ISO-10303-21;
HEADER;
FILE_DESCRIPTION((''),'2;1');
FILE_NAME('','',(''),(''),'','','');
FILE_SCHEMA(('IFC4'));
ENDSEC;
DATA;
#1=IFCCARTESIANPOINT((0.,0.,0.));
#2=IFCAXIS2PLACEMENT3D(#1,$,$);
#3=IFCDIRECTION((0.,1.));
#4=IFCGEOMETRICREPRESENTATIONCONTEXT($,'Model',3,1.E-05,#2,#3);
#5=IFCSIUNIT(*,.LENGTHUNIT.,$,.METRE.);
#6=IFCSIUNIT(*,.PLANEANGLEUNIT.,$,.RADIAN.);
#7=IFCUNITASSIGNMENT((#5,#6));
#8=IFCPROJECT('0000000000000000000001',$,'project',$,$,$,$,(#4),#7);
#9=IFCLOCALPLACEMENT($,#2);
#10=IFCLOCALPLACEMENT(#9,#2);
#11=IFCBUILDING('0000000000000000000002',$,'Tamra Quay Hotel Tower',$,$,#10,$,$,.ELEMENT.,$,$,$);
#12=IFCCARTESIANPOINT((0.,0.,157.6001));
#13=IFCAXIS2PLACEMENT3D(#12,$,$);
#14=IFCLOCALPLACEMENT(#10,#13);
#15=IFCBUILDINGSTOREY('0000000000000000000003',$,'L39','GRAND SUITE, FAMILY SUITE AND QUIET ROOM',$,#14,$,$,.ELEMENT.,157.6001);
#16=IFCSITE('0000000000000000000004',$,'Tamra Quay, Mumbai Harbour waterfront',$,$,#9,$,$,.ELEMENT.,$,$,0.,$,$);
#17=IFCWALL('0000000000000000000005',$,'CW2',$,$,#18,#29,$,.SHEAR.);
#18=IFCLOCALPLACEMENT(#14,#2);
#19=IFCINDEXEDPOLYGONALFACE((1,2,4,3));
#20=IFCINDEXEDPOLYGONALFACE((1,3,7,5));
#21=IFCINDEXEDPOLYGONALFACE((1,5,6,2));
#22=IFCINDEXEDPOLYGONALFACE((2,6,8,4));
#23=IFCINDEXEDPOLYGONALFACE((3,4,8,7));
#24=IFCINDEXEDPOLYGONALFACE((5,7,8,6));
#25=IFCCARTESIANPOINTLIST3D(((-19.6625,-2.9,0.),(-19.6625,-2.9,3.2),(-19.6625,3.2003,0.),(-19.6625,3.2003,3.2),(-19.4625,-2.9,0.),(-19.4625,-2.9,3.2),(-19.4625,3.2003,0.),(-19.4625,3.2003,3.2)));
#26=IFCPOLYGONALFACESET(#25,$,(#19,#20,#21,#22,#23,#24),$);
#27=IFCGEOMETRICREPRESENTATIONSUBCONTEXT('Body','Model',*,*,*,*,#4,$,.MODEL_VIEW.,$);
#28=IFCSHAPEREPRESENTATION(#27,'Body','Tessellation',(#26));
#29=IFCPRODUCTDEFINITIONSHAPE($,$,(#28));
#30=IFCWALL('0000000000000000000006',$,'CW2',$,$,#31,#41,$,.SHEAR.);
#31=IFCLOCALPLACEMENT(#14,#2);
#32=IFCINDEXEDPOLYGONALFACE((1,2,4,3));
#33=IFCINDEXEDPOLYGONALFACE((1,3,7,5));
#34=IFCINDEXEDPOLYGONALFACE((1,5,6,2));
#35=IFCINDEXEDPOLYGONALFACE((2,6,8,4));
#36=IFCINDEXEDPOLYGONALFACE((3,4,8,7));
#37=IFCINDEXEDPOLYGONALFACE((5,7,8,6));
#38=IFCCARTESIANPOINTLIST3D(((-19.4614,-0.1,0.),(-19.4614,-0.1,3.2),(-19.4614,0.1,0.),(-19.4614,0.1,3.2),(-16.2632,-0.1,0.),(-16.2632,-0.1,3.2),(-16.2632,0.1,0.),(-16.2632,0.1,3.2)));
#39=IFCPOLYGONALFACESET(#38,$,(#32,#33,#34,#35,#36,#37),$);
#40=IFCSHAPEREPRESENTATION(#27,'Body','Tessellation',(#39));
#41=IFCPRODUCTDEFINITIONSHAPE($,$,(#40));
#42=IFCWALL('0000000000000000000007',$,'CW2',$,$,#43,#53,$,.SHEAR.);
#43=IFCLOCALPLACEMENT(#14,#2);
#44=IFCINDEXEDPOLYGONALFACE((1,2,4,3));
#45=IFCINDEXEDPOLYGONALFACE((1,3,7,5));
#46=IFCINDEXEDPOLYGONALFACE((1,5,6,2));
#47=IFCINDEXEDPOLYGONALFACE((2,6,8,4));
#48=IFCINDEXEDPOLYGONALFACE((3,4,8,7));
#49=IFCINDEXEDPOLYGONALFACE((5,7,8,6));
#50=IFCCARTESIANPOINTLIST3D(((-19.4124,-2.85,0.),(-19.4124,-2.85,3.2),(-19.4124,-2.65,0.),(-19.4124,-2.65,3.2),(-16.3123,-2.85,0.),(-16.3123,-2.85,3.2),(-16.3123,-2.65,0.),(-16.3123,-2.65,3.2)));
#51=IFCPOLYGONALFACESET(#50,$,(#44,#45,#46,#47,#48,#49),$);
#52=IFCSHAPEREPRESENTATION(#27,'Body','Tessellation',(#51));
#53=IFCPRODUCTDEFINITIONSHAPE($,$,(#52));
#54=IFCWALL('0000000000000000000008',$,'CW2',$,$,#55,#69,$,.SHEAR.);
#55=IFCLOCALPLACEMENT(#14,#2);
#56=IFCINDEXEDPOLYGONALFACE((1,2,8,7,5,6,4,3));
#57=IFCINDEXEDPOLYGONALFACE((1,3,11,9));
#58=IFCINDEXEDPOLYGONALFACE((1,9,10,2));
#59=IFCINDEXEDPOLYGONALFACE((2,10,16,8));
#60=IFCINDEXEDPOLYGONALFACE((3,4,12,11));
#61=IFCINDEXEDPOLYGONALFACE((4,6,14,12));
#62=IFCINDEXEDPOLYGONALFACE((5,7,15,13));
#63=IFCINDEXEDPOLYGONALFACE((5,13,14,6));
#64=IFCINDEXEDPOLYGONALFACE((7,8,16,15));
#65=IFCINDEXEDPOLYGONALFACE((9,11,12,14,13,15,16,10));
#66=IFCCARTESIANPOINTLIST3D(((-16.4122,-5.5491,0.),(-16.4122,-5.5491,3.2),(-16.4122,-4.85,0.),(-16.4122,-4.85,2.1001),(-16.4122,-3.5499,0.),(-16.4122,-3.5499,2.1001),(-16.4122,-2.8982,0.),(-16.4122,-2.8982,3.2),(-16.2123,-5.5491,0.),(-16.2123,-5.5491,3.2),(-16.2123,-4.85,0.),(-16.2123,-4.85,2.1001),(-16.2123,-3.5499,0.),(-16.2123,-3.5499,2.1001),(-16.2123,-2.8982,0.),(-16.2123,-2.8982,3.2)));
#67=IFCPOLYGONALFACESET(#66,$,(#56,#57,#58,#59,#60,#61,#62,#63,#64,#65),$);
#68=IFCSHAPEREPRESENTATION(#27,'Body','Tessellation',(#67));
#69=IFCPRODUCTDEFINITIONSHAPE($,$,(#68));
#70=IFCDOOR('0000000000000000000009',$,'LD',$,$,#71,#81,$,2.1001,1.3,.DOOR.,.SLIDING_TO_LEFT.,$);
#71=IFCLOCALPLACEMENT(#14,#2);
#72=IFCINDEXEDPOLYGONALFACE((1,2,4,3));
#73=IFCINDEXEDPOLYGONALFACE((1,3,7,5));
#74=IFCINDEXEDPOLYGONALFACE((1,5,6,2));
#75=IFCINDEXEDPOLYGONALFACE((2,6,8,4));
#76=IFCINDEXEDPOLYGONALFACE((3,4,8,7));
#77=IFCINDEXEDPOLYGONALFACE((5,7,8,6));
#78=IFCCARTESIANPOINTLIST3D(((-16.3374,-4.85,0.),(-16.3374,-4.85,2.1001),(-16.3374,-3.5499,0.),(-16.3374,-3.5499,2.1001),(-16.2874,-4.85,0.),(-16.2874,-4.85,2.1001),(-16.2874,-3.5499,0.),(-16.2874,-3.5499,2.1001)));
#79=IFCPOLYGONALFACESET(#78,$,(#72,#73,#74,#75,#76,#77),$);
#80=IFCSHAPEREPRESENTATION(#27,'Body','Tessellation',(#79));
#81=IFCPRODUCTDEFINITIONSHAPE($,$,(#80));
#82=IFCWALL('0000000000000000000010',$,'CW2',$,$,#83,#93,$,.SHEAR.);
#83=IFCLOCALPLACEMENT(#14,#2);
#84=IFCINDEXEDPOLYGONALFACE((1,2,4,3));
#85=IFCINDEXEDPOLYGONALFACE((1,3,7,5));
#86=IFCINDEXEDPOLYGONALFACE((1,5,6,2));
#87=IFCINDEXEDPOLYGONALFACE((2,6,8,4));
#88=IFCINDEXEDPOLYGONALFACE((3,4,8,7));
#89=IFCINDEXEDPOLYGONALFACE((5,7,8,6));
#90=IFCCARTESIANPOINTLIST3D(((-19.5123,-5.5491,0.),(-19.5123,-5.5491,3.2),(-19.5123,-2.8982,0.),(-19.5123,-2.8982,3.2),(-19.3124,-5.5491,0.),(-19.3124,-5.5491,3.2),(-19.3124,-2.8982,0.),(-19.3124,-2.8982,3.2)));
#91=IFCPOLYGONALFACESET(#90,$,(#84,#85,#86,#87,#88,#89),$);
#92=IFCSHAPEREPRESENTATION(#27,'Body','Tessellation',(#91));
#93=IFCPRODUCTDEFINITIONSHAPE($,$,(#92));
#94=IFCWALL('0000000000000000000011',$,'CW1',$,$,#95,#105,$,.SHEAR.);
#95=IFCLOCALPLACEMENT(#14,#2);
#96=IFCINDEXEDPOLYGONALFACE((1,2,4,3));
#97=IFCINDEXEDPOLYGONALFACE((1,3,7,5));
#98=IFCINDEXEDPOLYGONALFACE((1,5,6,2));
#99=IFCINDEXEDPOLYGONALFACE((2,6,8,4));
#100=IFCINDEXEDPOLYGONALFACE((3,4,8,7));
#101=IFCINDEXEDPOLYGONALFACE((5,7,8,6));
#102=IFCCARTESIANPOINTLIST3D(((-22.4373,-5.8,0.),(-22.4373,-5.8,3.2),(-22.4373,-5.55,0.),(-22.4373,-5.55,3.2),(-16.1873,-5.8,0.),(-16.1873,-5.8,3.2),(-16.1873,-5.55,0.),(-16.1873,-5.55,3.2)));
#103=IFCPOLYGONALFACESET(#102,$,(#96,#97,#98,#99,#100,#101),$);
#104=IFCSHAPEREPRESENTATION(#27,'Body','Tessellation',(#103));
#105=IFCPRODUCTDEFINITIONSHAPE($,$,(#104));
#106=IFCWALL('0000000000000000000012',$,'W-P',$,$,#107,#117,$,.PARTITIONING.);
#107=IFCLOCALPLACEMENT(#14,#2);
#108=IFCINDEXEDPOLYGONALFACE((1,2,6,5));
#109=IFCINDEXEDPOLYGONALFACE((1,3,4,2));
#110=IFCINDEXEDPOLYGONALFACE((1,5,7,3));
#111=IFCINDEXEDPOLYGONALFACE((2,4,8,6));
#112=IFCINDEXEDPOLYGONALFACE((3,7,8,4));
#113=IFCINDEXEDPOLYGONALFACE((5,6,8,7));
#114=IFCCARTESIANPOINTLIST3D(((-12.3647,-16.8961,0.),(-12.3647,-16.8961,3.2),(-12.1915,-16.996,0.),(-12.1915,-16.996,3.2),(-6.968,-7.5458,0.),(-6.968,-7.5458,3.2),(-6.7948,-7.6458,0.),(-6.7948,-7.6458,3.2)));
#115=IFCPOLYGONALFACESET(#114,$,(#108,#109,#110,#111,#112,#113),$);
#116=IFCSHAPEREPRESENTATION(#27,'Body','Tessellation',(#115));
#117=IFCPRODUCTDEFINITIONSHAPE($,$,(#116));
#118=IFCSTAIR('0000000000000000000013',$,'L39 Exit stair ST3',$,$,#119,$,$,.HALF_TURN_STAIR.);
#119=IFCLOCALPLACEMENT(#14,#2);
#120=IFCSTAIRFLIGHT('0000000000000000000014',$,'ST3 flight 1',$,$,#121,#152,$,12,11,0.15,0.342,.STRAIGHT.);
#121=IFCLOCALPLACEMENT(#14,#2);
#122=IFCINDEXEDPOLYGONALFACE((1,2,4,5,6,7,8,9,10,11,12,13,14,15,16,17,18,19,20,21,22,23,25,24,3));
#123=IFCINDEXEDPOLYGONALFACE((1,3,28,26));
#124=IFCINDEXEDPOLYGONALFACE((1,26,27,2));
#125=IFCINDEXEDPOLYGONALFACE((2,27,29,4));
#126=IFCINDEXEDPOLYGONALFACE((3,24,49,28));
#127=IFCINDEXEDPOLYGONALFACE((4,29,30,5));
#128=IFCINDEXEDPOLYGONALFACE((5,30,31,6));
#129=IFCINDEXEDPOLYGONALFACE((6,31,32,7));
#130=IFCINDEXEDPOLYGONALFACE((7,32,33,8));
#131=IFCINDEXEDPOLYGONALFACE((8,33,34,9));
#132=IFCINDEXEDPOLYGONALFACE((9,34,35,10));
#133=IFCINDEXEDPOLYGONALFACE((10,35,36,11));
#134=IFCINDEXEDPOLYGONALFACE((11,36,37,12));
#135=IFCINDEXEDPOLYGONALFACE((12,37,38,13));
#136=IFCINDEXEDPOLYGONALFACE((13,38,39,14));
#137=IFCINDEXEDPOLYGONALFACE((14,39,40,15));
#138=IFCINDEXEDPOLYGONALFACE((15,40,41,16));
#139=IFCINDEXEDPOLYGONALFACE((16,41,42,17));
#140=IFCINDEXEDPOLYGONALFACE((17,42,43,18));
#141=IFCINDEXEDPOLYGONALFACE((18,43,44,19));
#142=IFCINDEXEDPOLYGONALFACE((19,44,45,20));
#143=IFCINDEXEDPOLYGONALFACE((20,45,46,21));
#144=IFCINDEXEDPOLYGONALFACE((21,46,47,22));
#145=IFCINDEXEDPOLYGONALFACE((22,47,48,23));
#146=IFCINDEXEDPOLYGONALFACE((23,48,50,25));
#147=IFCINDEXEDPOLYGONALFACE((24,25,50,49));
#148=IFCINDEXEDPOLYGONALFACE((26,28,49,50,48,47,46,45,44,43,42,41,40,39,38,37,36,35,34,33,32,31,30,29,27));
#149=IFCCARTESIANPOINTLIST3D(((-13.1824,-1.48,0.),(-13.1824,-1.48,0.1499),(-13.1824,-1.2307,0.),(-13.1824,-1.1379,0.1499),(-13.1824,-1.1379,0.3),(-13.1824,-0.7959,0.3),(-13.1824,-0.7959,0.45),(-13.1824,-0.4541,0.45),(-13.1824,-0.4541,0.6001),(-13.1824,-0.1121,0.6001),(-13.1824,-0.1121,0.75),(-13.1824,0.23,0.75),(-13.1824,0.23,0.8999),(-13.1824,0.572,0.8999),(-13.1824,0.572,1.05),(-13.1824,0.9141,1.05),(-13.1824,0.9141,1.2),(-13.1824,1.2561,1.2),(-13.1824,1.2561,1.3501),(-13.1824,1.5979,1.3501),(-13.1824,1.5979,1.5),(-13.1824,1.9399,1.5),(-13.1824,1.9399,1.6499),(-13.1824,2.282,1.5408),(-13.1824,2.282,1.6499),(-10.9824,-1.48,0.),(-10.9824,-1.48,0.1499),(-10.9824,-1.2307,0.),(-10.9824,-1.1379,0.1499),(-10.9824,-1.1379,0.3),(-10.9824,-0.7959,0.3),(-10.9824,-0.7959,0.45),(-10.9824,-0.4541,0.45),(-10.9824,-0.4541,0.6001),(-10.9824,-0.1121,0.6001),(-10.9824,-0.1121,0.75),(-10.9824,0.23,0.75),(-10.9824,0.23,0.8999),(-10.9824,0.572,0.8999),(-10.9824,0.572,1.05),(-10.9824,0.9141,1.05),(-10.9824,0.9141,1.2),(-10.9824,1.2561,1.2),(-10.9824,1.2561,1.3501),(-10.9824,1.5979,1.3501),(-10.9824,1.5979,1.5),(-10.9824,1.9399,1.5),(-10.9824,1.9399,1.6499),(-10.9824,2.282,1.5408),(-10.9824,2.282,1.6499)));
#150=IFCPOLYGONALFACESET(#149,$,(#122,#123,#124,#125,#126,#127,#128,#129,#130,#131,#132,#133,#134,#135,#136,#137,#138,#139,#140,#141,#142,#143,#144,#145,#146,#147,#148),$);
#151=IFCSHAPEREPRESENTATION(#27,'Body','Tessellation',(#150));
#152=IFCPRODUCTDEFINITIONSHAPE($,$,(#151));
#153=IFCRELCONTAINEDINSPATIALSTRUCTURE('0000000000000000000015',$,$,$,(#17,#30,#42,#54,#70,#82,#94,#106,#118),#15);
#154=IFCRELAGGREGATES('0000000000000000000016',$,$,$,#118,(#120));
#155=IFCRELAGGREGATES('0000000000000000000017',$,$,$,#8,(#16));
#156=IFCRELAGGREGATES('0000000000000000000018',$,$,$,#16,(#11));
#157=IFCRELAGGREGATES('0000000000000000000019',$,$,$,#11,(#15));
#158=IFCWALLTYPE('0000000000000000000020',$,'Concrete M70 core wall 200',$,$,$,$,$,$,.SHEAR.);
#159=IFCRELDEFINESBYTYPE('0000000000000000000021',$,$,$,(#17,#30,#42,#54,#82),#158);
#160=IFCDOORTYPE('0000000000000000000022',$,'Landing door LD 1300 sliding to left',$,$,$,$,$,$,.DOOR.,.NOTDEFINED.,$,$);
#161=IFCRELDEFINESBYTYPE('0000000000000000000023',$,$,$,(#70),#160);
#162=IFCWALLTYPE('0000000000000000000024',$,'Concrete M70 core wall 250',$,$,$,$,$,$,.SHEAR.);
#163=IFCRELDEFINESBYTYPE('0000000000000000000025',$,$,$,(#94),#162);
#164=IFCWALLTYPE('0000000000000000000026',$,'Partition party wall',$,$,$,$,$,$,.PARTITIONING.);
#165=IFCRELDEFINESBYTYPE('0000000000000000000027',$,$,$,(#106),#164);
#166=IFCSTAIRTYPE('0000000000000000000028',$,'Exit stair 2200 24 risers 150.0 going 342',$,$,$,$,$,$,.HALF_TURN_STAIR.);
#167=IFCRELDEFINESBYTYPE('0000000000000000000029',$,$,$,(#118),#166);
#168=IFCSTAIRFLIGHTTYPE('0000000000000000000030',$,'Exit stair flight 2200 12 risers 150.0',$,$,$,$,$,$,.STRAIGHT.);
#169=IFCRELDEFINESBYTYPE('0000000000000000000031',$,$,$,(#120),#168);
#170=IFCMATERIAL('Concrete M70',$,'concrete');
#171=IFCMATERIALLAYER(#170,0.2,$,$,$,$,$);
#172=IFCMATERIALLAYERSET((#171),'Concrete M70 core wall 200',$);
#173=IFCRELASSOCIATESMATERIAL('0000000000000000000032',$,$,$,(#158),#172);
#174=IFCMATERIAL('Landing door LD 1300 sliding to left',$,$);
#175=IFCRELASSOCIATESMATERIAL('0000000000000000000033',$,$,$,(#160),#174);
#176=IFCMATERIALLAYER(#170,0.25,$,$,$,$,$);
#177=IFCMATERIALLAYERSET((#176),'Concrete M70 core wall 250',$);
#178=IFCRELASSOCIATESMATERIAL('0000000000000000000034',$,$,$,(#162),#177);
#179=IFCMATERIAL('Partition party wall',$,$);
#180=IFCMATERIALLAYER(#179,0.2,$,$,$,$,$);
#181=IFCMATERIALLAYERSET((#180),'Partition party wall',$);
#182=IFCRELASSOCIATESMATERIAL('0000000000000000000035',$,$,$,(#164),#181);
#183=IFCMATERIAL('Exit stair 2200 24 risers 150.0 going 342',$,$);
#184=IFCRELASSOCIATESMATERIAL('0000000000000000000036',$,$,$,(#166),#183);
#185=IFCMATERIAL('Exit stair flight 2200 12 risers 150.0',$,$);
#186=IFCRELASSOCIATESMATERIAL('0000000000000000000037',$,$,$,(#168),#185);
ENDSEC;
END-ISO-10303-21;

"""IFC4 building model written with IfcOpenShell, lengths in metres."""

from ifc_helpers import new_model, si_unit, direction, frame, frame_2d, origin, place, context, subcontext, project, spatial, polyline, rectangle, outline, extrude, material, layer, layer_set, type_object, element, fill, aggregate, save


model = new_model("IFC4")

# Units and contexts
model_context = context("Model", 3, precision=1e-05, world=origin(), true_north=direction((0.0, 1.0)))
body_context = subcontext(model_context, "Body", "Model", "MODEL_VIEW")
ifc_project = project(units=[si_unit("LENGTHUNIT", "METRE"), si_unit("PLANEANGLEUNIT", "RADIAN")], contexts=[model_context])

# Site, building, storey
site_placement = place(None, origin())
site = spatial("IfcSite", under=ifc_project, at=site_placement, Name="Tamra Quay, Mumbai Harbour waterfront", CompositionType="ELEMENT", RefElevation=0.0)
building_placement = place(site_placement, origin())
building = spatial("IfcBuilding", under=site, at=building_placement, Name="Tamra Quay Hotel Tower", CompositionType="ELEMENT")
storey_placement = place(building_placement, frame((0.0, 0.0, 157.6001)))
storey = spatial("IfcBuildingStorey", under=building, at=storey_placement, Name="L39", Description="GRAND SUITE, FAMILY SUITE AND QUIET ROOM", CompositionType="ELEMENT", Elevation=157.6001)

# Shared definitions
ifc_material_1 = material(Name="Concrete M70", Category="concrete")

# Walls
ifc_layer_1 = layer(ifc_material_1, 0.2)
ifc_layer_set_1 = layer_set([ifc_layer_1], Name="Concrete M70 core wall 200")
wall_type_1 = type_object("IfcWallType", Name="Concrete M70 core wall 200", PredefinedType="SHEAR", material=ifc_layer_set_1)
wall_1_placement = place(storey_placement, frame((-19.5625, -2.9001, 0.0), z_axis=(0.0, 0.0, 1.0), x_axis=(0.0, 1.0, 0.0)))
element("IfcWall", 1, at=wall_1_placement, inside=storey, type_object=wall_type_1, Name="CW2", PredefinedType="SHEAR", context=body_context, shape_type="SweptSolid", body=[
    extrude(rectangle(XDim=6.1003, YDim=0.2, at=frame_2d((3.0503, 0.0))), origin(), (0.0, 0.0, 1.0), 3.2),
])
wall_2_placement = place(storey_placement, frame((-16.2632, 0.0, 0.0), z_axis=(0.0, 0.0, 1.0), x_axis=(-1.0, 0.0, 0.0)))
element("IfcWall", 2, at=wall_2_placement, inside=storey, type_object=wall_type_1, Name="CW2", PredefinedType="SHEAR", context=body_context, shape_type="SweptSolid", body=[
    extrude(rectangle(XDim=3.1982, YDim=0.2, at=frame_2d((1.5991, 0.0))), origin(), (0.0, 0.0, 1.0), 3.2),
])
wall_3_placement = place(storey_placement, frame((-19.4124, -2.75, 0.0), z_axis=(0.0, 0.0, 1.0), x_axis=(1.0, 0.0, 0.0)))
element("IfcWall", 3, at=wall_3_placement, inside=storey, type_object=wall_type_1, Name="CW2", PredefinedType="SHEAR", context=body_context, shape_type="SweptSolid", body=[
    extrude(rectangle(XDim=3.1001, YDim=0.2, at=frame_2d((1.55, 0.0))), origin(), (0.0, 0.0, 1.0), 3.2),
])

# Wall, opening, door
wall_4_placement = place(storey_placement, frame((-16.3123, -2.8982, 0.0), z_axis=(0.0, 0.0, 1.0), x_axis=(0.0, -1.0, 0.0)))
wall_4 = element("IfcWall", 4, at=wall_4_placement, inside=storey, type_object=wall_type_1, Name="CW2", PredefinedType="SHEAR", context=body_context, shape_type="SweptSolid", body=[
    extrude(rectangle(XDim=2.6509, YDim=0.2, at=frame_2d((1.3254, 0.0))), origin(), (0.0, 0.0, 1.0), 3.2),
])
opening_placement = place(wall_4_placement, frame((0.6519, 0.0, 0.0)))
opening = element("IfcOpeningElement", 5, at=opening_placement, cuts=wall_4, PredefinedType="OPENING", context=body_context, shape_type="SweptSolid", body=[
    extrude(rectangle(XDim=1.3, YDim=2.1001, at=frame_2d((0.6499, 1.05))), frame((0.0, 0.1099, 0.0), z_axis=(0.0, -1.0, 0.0), x_axis=(1.0, 0.0, 0.0)), (0.0, 0.0, 1.0), 0.22),
])
ifc_material_2 = material(Name="Landing door LD 1300 sliding to left")
door_type = type_object("IfcDoorType", Name="Landing door LD 1300 sliding to left", OperationType="NOTDEFINED", PredefinedType="DOOR", material=ifc_material_2)
door_placement = place(opening_placement, origin())
door = element("IfcDoor", 6, at=door_placement, inside=storey, type_object=door_type, Name="LD", OperationType="SLIDING_TO_LEFT", OverallHeight=2.1001, OverallWidth=1.3, PredefinedType="DOOR", context=body_context, shape_type="SweptSolid", body=[
    extrude(rectangle(XDim=1.3, YDim=2.1001, at=frame_2d((0.6499, 1.05))), frame((0.0, 0.0249, 0.0), z_axis=(0.0, -1.0, 0.0), x_axis=(1.0, 0.0, 0.0)), (0.0, 0.0, 1.0), 0.05),
])
fill(opening, door)

# Walls
wall_5_placement = place(storey_placement, frame((-19.4124, -5.5491, 0.0), z_axis=(0.0, 0.0, 1.0), x_axis=(0.0, 1.0, 0.0)))
element("IfcWall", 7, at=wall_5_placement, inside=storey, type_object=wall_type_1, Name="CW2", PredefinedType="SHEAR", context=body_context, shape_type="SweptSolid", body=[
    extrude(rectangle(XDim=2.6509, YDim=0.2, at=frame_2d((1.3254, 0.0))), origin(), (0.0, 0.0, 1.0), 3.2),
])
ifc_layer_2 = layer(ifc_material_1, 0.25)
ifc_layer_set_2 = layer_set([ifc_layer_2], Name="Concrete M70 core wall 250")
wall_type_2 = type_object("IfcWallType", Name="Concrete M70 core wall 250", PredefinedType="SHEAR", material=ifc_layer_set_2)
wall_6_placement = place(storey_placement, frame((-16.1873, -5.675, 0.0), z_axis=(0.0, 0.0, 1.0), x_axis=(-1.0, 0.0, 0.0)))
element("IfcWall", 8, at=wall_6_placement, inside=storey, type_object=wall_type_2, Name="CW1", PredefinedType="SHEAR", context=body_context, shape_type="SweptSolid", body=[
    extrude(rectangle(XDim=6.25, YDim=0.25, at=frame_2d((3.125, 0.0))), origin(), (0.0, 0.0, 1.0), 3.2),
])
ifc_material_3 = material(Name="Partition party wall")
ifc_layer_3 = layer(ifc_material_3, 0.2)
ifc_layer_set_3 = layer_set([ifc_layer_3], Name="Partition party wall")
wall_type_3 = type_object("IfcWallType", Name="Partition party wall", PredefinedType="PARTITIONING", material=ifc_layer_set_3)
wall_7_placement = place(storey_placement, frame((-12.2781, -16.946, 0.0), z_axis=(0.0, 0.0, 1.0), x_axis=(0.499882, 0.866093, 0.0)))
element("IfcWall", 9, at=wall_7_placement, inside=storey, type_object=wall_type_3, Name="W-P", PredefinedType="PARTITIONING", context=body_context, shape_type="SweptSolid", body=[
    extrude(rectangle(XDim=10.7959, YDim=0.2, at=frame_2d((5.3979, 0.0))), origin(), (0.0, 0.0, 1.0), 3.2),
])

# Stair, stair flight
ifc_material_4 = material(Name="Exit stair 2200 24 risers 150.0 going 342")
stair_type = type_object("IfcStairType", Name="Exit stair 2200 24 risers 150.0 going 342", PredefinedType="HALF_TURN_STAIR", material=ifc_material_4)
stair_placement = place(storey_placement, origin())
stair = element("IfcStair", 10, at=stair_placement, inside=storey, type_object=stair_type, Name="L39 Exit stair ST3", PredefinedType="HALF_TURN_STAIR")
ifc_material_5 = material(Name="Exit stair flight 2200 12 risers 150.0")
stair_flight_type = type_object("IfcStairFlightType", Name="Exit stair flight 2200 12 risers 150.0", PredefinedType="STRAIGHT", material=ifc_material_5)
stair_flight_placement = place(storey_placement, frame((-12.0823, -1.48, 0.0), z_axis=(0.0, 0.0, 1.0), x_axis=(0.0, 1.0, 0.0)))
stair_flight = element("IfcStairFlight", 11, at=stair_flight_placement, type_object=stair_flight_type, Name="ST3 flight 1", NumberOfRisers=12, NumberOfTreads=11, PredefinedType="STRAIGHT", RiserHeight=0.15, TreadLength=0.342, context=body_context, shape_type="SweptSolid", body=[
    extrude(outline(polyline([(0.0, 0.0), (0.0, 0.1499), (0.342, 0.1499), (0.342, 0.3), (0.6841, 0.3), (0.6841, 0.45), (1.0259, 0.45), (1.0259, 0.6001), (1.3679, 0.6001), (1.3679, 0.75), (1.71, 0.75), (1.71, 0.8999), (2.052, 0.8999), (2.052, 1.05), (2.394, 1.05), (2.394, 1.2), (2.7361, 1.2), (2.7361, 1.3501), (3.0779, 1.3501), (3.0779, 1.5), (3.4199, 1.5), (3.4199, 1.6499), (3.762, 1.6499), (3.762, 1.8), (3.762, 1.5408), (0.2493, 0.0), (0.0, 0.0)])), frame((0.0, 1.1001, 0.0), z_axis=(0.0, -1.0, 0.0), x_axis=(1.0, 0.0, 0.0)), (0.0, 0.0, 1.0), 2.2),
])
aggregate(stair, [stair_flight])

save(model, "model.ifc")
